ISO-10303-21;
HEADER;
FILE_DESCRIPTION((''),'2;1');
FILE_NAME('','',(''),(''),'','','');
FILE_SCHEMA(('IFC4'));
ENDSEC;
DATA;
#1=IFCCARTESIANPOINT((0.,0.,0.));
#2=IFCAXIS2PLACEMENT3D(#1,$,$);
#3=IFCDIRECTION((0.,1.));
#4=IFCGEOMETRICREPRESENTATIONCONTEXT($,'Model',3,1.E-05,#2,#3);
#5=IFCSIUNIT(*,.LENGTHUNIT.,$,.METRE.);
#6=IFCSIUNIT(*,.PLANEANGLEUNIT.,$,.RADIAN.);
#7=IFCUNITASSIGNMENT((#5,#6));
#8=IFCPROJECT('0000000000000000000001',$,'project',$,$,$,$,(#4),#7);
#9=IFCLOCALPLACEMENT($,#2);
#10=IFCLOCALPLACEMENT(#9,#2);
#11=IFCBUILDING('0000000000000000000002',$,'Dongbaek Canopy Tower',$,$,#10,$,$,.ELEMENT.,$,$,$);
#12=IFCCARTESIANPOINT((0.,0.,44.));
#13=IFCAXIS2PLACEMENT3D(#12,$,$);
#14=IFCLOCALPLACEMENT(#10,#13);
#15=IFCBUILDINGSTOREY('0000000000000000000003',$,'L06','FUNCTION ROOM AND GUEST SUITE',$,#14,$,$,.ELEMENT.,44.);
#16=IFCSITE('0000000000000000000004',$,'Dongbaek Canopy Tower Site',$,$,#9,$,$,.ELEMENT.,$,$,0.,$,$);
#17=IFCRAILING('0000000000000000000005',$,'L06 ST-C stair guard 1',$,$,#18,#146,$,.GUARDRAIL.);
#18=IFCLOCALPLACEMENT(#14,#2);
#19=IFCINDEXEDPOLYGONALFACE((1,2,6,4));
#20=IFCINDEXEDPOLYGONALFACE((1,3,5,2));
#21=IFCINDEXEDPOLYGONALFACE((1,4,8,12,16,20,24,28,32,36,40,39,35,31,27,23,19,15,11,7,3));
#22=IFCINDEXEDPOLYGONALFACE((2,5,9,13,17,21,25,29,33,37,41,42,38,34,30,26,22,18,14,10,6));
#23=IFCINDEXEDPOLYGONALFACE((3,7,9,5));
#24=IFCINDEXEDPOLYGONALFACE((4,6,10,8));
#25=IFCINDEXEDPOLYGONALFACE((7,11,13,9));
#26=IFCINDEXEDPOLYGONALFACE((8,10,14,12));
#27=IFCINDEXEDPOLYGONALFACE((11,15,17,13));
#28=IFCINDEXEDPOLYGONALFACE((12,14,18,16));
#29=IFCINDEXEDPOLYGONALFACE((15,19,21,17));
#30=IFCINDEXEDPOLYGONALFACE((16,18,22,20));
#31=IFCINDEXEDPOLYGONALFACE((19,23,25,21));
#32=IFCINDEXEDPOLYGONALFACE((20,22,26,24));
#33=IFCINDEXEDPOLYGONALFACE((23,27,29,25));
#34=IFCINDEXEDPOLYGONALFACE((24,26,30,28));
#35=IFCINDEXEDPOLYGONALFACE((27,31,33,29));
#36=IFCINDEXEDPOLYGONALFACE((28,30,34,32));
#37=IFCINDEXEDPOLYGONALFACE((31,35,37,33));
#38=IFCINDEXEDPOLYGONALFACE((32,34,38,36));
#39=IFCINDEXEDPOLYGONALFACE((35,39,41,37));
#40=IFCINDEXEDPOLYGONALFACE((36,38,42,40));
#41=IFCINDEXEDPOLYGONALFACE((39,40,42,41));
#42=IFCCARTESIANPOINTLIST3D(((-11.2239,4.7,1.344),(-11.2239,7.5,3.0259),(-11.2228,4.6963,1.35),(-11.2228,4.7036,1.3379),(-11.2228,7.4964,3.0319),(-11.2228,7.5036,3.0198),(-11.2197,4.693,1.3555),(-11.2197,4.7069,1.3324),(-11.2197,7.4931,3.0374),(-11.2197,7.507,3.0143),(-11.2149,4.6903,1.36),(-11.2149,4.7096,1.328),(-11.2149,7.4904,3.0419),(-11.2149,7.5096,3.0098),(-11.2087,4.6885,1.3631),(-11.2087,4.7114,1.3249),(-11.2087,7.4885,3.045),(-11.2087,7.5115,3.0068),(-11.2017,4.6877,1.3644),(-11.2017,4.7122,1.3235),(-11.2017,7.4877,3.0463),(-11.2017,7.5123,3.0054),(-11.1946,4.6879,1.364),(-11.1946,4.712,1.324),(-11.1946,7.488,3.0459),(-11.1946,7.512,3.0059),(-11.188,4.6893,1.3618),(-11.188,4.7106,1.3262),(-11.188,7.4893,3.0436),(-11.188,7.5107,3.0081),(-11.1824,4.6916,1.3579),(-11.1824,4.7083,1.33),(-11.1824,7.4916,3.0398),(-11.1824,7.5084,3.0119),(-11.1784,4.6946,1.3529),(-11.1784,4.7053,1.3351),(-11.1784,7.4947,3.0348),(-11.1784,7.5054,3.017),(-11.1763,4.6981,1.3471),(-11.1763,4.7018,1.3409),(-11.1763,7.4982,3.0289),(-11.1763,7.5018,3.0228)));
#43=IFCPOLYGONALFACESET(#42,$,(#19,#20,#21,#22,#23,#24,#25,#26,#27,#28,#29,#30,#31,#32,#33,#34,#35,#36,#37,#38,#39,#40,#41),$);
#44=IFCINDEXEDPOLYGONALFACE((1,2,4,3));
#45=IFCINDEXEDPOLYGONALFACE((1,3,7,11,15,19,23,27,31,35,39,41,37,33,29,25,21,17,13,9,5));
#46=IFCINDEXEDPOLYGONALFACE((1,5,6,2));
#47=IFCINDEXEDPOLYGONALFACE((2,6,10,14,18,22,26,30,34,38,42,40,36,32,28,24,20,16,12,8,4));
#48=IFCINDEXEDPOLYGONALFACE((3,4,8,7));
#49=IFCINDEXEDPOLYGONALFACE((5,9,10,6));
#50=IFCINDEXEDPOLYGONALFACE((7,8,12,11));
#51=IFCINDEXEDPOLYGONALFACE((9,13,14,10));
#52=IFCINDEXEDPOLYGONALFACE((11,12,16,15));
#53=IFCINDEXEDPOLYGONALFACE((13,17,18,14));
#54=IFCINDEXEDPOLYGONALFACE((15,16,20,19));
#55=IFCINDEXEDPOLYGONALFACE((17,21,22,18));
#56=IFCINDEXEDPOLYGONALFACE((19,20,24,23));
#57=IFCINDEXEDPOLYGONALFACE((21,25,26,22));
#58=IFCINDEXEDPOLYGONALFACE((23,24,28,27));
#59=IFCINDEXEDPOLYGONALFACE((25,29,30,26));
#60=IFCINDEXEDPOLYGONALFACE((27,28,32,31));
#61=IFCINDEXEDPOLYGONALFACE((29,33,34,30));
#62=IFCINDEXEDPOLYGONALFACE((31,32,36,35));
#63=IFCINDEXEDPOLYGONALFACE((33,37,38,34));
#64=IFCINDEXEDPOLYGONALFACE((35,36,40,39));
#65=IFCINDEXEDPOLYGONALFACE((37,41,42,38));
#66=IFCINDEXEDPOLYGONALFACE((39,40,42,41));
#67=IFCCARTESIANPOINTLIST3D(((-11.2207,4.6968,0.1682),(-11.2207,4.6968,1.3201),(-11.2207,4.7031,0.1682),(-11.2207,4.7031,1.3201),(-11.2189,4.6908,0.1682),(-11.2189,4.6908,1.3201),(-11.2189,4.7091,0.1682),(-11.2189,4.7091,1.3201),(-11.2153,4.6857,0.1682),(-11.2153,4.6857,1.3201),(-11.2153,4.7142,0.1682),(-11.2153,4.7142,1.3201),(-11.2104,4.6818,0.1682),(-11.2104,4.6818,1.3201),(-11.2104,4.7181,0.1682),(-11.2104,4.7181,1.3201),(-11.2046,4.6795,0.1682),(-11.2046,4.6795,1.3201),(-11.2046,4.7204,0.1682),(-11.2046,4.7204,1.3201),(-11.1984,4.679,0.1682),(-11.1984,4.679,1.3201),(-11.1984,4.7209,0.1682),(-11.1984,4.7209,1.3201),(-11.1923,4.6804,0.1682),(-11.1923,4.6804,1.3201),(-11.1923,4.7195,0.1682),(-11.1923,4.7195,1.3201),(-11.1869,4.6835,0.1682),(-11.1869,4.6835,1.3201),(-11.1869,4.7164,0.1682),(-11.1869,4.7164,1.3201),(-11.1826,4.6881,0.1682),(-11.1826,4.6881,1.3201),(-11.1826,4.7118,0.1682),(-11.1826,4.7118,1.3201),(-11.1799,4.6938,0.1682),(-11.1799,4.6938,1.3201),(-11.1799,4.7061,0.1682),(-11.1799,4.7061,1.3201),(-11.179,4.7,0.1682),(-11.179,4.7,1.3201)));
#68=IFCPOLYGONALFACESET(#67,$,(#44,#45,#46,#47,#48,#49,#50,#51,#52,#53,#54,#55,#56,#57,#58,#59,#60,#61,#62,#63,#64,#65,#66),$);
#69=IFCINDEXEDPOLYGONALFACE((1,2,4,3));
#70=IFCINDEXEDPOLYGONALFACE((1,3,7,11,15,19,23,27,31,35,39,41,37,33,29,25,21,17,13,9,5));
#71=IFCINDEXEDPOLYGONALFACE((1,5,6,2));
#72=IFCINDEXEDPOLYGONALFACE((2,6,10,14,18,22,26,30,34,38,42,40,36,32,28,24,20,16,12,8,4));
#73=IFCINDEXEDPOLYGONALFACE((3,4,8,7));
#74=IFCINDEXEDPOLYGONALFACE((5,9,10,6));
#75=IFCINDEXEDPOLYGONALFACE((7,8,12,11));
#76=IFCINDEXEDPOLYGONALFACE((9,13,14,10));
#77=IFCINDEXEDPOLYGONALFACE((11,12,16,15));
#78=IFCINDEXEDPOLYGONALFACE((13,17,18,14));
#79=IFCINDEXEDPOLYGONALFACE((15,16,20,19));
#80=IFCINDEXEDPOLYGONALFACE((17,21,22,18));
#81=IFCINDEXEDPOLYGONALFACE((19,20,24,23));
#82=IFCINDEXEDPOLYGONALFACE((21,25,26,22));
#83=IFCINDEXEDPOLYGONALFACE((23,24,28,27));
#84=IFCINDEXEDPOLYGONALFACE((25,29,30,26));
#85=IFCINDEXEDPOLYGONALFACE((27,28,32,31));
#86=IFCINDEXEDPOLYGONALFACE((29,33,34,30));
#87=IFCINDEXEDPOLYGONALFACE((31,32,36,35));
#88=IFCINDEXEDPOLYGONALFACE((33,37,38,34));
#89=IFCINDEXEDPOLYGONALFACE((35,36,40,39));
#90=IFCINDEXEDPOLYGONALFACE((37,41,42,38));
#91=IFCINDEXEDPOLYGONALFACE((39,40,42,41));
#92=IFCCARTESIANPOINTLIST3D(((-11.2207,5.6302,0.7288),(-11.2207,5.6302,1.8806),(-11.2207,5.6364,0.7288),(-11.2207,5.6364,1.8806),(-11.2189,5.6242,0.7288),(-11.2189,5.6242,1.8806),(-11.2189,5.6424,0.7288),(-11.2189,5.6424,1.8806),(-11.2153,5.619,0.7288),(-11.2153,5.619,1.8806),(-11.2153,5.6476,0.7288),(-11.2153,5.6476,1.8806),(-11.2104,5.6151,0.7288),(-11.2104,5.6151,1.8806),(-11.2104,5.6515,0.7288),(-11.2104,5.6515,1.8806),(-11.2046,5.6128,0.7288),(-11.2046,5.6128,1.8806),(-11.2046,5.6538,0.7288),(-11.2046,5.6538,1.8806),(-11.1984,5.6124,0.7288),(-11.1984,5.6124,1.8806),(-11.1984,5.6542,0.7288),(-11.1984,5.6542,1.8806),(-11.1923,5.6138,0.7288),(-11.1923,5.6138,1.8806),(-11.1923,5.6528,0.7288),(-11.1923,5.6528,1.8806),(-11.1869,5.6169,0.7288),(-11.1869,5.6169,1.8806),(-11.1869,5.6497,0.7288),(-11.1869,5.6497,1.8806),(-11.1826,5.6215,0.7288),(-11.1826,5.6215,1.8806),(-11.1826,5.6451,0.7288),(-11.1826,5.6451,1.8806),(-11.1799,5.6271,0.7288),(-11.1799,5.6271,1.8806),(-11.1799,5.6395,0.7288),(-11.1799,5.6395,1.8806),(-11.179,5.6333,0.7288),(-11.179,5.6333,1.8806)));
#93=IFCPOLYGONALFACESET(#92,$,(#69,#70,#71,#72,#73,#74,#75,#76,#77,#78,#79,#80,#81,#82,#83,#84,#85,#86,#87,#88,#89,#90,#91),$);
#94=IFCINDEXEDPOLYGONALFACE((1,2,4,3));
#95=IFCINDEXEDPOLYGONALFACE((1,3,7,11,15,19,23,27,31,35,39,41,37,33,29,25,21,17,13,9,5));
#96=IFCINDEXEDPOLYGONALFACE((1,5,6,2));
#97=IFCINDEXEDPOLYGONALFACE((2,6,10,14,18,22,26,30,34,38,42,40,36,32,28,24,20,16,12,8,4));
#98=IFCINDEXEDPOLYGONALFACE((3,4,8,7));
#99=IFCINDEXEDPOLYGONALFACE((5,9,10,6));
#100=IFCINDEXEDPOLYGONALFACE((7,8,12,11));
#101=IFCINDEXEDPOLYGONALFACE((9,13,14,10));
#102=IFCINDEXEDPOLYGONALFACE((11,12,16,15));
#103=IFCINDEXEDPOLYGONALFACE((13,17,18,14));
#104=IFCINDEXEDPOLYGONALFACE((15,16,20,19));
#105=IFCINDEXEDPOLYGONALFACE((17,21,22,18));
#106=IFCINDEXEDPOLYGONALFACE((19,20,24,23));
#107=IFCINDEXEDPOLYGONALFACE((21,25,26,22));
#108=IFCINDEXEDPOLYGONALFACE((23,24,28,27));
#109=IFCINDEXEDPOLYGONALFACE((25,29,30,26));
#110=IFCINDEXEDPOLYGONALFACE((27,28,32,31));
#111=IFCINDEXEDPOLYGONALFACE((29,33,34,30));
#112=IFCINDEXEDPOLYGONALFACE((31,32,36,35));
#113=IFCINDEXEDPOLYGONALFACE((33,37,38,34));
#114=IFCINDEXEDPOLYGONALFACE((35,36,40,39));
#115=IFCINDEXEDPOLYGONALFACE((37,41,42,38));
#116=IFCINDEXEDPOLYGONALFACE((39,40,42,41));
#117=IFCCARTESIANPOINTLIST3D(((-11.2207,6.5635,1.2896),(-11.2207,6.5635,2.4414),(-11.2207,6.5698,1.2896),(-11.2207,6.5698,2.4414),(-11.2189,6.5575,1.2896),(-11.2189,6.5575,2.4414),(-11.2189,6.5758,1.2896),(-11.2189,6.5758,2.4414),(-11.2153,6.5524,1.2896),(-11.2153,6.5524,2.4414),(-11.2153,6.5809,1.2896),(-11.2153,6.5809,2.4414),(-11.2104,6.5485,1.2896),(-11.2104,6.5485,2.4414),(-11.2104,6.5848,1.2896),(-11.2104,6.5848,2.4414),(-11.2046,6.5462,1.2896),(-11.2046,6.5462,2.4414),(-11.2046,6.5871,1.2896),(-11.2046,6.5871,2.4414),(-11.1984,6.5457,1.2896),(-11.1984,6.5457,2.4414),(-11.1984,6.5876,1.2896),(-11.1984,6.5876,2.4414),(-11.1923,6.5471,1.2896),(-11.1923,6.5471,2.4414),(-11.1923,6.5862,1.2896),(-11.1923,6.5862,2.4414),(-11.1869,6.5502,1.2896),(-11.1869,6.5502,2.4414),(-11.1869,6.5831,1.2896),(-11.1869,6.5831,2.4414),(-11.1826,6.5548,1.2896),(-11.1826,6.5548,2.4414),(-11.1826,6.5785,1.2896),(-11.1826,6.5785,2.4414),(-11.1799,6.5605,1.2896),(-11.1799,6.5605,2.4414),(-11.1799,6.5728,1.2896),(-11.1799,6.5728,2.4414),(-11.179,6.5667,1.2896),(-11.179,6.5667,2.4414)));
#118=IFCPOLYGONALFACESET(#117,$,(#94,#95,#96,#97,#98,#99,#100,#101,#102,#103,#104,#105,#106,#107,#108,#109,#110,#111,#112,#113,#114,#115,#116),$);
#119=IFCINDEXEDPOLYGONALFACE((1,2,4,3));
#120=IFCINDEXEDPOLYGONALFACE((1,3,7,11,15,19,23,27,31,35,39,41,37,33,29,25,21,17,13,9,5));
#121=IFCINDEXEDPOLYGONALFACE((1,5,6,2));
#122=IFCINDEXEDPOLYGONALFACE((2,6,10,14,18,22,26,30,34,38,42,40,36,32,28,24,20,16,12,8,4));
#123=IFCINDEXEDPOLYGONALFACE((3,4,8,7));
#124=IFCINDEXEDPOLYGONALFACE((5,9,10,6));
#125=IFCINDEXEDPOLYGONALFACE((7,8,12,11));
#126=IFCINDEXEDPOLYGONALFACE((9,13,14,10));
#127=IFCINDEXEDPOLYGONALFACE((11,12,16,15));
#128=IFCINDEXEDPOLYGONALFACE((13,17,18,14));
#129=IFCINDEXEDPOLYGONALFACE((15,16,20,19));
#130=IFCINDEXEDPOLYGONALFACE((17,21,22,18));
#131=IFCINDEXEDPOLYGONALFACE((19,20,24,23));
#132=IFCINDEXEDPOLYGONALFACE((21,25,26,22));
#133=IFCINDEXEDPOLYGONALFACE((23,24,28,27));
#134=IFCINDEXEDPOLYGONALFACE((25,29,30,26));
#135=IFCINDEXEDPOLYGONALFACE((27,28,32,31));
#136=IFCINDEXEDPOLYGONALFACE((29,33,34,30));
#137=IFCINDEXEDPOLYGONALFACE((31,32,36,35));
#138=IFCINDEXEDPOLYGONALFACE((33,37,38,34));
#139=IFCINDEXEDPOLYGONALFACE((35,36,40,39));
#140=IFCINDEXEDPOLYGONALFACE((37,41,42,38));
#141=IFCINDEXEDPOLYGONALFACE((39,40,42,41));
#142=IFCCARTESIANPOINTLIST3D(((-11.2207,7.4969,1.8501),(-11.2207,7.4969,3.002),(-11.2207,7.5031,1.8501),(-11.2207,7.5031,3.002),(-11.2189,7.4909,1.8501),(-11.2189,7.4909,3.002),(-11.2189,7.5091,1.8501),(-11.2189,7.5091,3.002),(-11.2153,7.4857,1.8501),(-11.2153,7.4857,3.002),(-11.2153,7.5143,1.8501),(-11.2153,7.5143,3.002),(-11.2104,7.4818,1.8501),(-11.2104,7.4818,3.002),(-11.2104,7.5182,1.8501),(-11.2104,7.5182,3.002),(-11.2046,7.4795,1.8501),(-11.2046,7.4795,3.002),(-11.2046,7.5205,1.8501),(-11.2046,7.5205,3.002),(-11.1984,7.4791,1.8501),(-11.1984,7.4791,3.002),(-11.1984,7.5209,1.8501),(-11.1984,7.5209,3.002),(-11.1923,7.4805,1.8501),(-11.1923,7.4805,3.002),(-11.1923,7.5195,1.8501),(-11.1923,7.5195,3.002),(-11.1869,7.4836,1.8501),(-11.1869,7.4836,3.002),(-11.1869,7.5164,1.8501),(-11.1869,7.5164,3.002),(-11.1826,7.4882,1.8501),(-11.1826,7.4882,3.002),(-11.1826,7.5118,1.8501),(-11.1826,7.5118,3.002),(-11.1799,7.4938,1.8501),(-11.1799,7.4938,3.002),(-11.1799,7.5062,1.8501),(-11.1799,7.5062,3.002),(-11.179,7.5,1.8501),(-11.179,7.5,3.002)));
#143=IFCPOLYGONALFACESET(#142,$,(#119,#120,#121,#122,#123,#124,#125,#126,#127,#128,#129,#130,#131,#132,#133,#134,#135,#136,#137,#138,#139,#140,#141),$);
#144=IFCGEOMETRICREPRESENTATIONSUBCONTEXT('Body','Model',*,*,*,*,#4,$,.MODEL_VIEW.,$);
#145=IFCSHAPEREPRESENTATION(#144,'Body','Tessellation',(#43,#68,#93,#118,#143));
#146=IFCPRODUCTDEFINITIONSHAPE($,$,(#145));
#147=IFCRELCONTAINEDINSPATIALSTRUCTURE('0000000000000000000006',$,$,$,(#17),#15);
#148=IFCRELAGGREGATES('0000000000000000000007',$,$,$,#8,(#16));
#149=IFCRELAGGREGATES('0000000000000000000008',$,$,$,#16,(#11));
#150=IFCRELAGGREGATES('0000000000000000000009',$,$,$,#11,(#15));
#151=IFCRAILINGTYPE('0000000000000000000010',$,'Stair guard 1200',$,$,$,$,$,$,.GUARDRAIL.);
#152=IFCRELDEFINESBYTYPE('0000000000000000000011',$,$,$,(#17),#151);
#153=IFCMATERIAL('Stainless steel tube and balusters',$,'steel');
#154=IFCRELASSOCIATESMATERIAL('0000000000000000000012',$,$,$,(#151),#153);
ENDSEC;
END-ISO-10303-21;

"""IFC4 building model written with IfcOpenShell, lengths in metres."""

from ifc_helpers import new_model, si_unit, direction, frame, origin, origin_2d, place, context, subcontext, project, spatial, circle, extrude, material, type_object, element, save


model = new_model("IFC4")

# Units and contexts
model_context = context("Model", 3, precision=1e-05, world=origin(), true_north=direction((0.0, 1.0)))
body_context = subcontext(model_context, "Body", "Model", "MODEL_VIEW")
ifc_project = project(units=[si_unit("LENGTHUNIT", "METRE"), si_unit("PLANEANGLEUNIT", "RADIAN")], contexts=[model_context])

# Site, building, storey
site_placement = place(None, origin())
site = spatial("IfcSite", under=ifc_project, at=site_placement, Name="Dongbaek Canopy Tower Site", CompositionType="ELEMENT", RefElevation=0.0)
building_placement = place(site_placement, origin())
building = spatial("IfcBuilding", under=site, at=building_placement, Name="Dongbaek Canopy Tower", CompositionType="ELEMENT")
storey_placement = place(building_placement, frame((0.0, 0.0, 44.0)))
storey = spatial("IfcBuildingStorey", under=building, at=storey_placement, Name="L06", Description="FUNCTION ROOM AND GUEST SUITE", CompositionType="ELEMENT", Elevation=44.0)

# Railing
ifc_material_1 = material(Name="Stainless steel tube and balusters", Category="steel")
railing_type_1 = type_object("IfcRailingType", Name="Stair guard 1200", PredefinedType="GUARDRAIL", material=ifc_material_1)
railing_1_placement = place(storey_placement, frame((-11.2, 4.7, 0.1682)))
element("IfcRailing", 1, at=railing_1_placement, inside=storey, type_object=railing_type_1, Name="L06 ST-C stair guard 1", PredefinedType="GUARDRAIL", context=body_context, shape_type="SweptSolid", body=[
    extrude(circle(Radius=0.0239, at=origin_2d()), frame((0.0, 0.0, 1.1758), z_axis=(0.0, 0.857242, 0.514913), x_axis=(-1.0, 0.0, 0.0)), (0.0, 0.0, 1.0), 3.2664),
    extrude(circle(Radius=0.021, at=origin_2d()), origin(), (0.0, 0.0, 1.0), 1.1519),
    extrude(circle(Radius=0.021, at=origin_2d()), frame((0.0, 0.9333, 0.5605)), (0.0, 0.0, 1.0), 1.1519),
    extrude(circle(Radius=0.021, at=origin_2d()), frame((0.0, 1.8667, 1.1213)), (0.0, 0.0, 1.0), 1.1519),
    extrude(circle(Radius=0.021, at=origin_2d()), frame((0.0, 2.8, 1.6819)), (0.0, 0.0, 1.0), 1.1519),
])

save(model, "model.ifc")
